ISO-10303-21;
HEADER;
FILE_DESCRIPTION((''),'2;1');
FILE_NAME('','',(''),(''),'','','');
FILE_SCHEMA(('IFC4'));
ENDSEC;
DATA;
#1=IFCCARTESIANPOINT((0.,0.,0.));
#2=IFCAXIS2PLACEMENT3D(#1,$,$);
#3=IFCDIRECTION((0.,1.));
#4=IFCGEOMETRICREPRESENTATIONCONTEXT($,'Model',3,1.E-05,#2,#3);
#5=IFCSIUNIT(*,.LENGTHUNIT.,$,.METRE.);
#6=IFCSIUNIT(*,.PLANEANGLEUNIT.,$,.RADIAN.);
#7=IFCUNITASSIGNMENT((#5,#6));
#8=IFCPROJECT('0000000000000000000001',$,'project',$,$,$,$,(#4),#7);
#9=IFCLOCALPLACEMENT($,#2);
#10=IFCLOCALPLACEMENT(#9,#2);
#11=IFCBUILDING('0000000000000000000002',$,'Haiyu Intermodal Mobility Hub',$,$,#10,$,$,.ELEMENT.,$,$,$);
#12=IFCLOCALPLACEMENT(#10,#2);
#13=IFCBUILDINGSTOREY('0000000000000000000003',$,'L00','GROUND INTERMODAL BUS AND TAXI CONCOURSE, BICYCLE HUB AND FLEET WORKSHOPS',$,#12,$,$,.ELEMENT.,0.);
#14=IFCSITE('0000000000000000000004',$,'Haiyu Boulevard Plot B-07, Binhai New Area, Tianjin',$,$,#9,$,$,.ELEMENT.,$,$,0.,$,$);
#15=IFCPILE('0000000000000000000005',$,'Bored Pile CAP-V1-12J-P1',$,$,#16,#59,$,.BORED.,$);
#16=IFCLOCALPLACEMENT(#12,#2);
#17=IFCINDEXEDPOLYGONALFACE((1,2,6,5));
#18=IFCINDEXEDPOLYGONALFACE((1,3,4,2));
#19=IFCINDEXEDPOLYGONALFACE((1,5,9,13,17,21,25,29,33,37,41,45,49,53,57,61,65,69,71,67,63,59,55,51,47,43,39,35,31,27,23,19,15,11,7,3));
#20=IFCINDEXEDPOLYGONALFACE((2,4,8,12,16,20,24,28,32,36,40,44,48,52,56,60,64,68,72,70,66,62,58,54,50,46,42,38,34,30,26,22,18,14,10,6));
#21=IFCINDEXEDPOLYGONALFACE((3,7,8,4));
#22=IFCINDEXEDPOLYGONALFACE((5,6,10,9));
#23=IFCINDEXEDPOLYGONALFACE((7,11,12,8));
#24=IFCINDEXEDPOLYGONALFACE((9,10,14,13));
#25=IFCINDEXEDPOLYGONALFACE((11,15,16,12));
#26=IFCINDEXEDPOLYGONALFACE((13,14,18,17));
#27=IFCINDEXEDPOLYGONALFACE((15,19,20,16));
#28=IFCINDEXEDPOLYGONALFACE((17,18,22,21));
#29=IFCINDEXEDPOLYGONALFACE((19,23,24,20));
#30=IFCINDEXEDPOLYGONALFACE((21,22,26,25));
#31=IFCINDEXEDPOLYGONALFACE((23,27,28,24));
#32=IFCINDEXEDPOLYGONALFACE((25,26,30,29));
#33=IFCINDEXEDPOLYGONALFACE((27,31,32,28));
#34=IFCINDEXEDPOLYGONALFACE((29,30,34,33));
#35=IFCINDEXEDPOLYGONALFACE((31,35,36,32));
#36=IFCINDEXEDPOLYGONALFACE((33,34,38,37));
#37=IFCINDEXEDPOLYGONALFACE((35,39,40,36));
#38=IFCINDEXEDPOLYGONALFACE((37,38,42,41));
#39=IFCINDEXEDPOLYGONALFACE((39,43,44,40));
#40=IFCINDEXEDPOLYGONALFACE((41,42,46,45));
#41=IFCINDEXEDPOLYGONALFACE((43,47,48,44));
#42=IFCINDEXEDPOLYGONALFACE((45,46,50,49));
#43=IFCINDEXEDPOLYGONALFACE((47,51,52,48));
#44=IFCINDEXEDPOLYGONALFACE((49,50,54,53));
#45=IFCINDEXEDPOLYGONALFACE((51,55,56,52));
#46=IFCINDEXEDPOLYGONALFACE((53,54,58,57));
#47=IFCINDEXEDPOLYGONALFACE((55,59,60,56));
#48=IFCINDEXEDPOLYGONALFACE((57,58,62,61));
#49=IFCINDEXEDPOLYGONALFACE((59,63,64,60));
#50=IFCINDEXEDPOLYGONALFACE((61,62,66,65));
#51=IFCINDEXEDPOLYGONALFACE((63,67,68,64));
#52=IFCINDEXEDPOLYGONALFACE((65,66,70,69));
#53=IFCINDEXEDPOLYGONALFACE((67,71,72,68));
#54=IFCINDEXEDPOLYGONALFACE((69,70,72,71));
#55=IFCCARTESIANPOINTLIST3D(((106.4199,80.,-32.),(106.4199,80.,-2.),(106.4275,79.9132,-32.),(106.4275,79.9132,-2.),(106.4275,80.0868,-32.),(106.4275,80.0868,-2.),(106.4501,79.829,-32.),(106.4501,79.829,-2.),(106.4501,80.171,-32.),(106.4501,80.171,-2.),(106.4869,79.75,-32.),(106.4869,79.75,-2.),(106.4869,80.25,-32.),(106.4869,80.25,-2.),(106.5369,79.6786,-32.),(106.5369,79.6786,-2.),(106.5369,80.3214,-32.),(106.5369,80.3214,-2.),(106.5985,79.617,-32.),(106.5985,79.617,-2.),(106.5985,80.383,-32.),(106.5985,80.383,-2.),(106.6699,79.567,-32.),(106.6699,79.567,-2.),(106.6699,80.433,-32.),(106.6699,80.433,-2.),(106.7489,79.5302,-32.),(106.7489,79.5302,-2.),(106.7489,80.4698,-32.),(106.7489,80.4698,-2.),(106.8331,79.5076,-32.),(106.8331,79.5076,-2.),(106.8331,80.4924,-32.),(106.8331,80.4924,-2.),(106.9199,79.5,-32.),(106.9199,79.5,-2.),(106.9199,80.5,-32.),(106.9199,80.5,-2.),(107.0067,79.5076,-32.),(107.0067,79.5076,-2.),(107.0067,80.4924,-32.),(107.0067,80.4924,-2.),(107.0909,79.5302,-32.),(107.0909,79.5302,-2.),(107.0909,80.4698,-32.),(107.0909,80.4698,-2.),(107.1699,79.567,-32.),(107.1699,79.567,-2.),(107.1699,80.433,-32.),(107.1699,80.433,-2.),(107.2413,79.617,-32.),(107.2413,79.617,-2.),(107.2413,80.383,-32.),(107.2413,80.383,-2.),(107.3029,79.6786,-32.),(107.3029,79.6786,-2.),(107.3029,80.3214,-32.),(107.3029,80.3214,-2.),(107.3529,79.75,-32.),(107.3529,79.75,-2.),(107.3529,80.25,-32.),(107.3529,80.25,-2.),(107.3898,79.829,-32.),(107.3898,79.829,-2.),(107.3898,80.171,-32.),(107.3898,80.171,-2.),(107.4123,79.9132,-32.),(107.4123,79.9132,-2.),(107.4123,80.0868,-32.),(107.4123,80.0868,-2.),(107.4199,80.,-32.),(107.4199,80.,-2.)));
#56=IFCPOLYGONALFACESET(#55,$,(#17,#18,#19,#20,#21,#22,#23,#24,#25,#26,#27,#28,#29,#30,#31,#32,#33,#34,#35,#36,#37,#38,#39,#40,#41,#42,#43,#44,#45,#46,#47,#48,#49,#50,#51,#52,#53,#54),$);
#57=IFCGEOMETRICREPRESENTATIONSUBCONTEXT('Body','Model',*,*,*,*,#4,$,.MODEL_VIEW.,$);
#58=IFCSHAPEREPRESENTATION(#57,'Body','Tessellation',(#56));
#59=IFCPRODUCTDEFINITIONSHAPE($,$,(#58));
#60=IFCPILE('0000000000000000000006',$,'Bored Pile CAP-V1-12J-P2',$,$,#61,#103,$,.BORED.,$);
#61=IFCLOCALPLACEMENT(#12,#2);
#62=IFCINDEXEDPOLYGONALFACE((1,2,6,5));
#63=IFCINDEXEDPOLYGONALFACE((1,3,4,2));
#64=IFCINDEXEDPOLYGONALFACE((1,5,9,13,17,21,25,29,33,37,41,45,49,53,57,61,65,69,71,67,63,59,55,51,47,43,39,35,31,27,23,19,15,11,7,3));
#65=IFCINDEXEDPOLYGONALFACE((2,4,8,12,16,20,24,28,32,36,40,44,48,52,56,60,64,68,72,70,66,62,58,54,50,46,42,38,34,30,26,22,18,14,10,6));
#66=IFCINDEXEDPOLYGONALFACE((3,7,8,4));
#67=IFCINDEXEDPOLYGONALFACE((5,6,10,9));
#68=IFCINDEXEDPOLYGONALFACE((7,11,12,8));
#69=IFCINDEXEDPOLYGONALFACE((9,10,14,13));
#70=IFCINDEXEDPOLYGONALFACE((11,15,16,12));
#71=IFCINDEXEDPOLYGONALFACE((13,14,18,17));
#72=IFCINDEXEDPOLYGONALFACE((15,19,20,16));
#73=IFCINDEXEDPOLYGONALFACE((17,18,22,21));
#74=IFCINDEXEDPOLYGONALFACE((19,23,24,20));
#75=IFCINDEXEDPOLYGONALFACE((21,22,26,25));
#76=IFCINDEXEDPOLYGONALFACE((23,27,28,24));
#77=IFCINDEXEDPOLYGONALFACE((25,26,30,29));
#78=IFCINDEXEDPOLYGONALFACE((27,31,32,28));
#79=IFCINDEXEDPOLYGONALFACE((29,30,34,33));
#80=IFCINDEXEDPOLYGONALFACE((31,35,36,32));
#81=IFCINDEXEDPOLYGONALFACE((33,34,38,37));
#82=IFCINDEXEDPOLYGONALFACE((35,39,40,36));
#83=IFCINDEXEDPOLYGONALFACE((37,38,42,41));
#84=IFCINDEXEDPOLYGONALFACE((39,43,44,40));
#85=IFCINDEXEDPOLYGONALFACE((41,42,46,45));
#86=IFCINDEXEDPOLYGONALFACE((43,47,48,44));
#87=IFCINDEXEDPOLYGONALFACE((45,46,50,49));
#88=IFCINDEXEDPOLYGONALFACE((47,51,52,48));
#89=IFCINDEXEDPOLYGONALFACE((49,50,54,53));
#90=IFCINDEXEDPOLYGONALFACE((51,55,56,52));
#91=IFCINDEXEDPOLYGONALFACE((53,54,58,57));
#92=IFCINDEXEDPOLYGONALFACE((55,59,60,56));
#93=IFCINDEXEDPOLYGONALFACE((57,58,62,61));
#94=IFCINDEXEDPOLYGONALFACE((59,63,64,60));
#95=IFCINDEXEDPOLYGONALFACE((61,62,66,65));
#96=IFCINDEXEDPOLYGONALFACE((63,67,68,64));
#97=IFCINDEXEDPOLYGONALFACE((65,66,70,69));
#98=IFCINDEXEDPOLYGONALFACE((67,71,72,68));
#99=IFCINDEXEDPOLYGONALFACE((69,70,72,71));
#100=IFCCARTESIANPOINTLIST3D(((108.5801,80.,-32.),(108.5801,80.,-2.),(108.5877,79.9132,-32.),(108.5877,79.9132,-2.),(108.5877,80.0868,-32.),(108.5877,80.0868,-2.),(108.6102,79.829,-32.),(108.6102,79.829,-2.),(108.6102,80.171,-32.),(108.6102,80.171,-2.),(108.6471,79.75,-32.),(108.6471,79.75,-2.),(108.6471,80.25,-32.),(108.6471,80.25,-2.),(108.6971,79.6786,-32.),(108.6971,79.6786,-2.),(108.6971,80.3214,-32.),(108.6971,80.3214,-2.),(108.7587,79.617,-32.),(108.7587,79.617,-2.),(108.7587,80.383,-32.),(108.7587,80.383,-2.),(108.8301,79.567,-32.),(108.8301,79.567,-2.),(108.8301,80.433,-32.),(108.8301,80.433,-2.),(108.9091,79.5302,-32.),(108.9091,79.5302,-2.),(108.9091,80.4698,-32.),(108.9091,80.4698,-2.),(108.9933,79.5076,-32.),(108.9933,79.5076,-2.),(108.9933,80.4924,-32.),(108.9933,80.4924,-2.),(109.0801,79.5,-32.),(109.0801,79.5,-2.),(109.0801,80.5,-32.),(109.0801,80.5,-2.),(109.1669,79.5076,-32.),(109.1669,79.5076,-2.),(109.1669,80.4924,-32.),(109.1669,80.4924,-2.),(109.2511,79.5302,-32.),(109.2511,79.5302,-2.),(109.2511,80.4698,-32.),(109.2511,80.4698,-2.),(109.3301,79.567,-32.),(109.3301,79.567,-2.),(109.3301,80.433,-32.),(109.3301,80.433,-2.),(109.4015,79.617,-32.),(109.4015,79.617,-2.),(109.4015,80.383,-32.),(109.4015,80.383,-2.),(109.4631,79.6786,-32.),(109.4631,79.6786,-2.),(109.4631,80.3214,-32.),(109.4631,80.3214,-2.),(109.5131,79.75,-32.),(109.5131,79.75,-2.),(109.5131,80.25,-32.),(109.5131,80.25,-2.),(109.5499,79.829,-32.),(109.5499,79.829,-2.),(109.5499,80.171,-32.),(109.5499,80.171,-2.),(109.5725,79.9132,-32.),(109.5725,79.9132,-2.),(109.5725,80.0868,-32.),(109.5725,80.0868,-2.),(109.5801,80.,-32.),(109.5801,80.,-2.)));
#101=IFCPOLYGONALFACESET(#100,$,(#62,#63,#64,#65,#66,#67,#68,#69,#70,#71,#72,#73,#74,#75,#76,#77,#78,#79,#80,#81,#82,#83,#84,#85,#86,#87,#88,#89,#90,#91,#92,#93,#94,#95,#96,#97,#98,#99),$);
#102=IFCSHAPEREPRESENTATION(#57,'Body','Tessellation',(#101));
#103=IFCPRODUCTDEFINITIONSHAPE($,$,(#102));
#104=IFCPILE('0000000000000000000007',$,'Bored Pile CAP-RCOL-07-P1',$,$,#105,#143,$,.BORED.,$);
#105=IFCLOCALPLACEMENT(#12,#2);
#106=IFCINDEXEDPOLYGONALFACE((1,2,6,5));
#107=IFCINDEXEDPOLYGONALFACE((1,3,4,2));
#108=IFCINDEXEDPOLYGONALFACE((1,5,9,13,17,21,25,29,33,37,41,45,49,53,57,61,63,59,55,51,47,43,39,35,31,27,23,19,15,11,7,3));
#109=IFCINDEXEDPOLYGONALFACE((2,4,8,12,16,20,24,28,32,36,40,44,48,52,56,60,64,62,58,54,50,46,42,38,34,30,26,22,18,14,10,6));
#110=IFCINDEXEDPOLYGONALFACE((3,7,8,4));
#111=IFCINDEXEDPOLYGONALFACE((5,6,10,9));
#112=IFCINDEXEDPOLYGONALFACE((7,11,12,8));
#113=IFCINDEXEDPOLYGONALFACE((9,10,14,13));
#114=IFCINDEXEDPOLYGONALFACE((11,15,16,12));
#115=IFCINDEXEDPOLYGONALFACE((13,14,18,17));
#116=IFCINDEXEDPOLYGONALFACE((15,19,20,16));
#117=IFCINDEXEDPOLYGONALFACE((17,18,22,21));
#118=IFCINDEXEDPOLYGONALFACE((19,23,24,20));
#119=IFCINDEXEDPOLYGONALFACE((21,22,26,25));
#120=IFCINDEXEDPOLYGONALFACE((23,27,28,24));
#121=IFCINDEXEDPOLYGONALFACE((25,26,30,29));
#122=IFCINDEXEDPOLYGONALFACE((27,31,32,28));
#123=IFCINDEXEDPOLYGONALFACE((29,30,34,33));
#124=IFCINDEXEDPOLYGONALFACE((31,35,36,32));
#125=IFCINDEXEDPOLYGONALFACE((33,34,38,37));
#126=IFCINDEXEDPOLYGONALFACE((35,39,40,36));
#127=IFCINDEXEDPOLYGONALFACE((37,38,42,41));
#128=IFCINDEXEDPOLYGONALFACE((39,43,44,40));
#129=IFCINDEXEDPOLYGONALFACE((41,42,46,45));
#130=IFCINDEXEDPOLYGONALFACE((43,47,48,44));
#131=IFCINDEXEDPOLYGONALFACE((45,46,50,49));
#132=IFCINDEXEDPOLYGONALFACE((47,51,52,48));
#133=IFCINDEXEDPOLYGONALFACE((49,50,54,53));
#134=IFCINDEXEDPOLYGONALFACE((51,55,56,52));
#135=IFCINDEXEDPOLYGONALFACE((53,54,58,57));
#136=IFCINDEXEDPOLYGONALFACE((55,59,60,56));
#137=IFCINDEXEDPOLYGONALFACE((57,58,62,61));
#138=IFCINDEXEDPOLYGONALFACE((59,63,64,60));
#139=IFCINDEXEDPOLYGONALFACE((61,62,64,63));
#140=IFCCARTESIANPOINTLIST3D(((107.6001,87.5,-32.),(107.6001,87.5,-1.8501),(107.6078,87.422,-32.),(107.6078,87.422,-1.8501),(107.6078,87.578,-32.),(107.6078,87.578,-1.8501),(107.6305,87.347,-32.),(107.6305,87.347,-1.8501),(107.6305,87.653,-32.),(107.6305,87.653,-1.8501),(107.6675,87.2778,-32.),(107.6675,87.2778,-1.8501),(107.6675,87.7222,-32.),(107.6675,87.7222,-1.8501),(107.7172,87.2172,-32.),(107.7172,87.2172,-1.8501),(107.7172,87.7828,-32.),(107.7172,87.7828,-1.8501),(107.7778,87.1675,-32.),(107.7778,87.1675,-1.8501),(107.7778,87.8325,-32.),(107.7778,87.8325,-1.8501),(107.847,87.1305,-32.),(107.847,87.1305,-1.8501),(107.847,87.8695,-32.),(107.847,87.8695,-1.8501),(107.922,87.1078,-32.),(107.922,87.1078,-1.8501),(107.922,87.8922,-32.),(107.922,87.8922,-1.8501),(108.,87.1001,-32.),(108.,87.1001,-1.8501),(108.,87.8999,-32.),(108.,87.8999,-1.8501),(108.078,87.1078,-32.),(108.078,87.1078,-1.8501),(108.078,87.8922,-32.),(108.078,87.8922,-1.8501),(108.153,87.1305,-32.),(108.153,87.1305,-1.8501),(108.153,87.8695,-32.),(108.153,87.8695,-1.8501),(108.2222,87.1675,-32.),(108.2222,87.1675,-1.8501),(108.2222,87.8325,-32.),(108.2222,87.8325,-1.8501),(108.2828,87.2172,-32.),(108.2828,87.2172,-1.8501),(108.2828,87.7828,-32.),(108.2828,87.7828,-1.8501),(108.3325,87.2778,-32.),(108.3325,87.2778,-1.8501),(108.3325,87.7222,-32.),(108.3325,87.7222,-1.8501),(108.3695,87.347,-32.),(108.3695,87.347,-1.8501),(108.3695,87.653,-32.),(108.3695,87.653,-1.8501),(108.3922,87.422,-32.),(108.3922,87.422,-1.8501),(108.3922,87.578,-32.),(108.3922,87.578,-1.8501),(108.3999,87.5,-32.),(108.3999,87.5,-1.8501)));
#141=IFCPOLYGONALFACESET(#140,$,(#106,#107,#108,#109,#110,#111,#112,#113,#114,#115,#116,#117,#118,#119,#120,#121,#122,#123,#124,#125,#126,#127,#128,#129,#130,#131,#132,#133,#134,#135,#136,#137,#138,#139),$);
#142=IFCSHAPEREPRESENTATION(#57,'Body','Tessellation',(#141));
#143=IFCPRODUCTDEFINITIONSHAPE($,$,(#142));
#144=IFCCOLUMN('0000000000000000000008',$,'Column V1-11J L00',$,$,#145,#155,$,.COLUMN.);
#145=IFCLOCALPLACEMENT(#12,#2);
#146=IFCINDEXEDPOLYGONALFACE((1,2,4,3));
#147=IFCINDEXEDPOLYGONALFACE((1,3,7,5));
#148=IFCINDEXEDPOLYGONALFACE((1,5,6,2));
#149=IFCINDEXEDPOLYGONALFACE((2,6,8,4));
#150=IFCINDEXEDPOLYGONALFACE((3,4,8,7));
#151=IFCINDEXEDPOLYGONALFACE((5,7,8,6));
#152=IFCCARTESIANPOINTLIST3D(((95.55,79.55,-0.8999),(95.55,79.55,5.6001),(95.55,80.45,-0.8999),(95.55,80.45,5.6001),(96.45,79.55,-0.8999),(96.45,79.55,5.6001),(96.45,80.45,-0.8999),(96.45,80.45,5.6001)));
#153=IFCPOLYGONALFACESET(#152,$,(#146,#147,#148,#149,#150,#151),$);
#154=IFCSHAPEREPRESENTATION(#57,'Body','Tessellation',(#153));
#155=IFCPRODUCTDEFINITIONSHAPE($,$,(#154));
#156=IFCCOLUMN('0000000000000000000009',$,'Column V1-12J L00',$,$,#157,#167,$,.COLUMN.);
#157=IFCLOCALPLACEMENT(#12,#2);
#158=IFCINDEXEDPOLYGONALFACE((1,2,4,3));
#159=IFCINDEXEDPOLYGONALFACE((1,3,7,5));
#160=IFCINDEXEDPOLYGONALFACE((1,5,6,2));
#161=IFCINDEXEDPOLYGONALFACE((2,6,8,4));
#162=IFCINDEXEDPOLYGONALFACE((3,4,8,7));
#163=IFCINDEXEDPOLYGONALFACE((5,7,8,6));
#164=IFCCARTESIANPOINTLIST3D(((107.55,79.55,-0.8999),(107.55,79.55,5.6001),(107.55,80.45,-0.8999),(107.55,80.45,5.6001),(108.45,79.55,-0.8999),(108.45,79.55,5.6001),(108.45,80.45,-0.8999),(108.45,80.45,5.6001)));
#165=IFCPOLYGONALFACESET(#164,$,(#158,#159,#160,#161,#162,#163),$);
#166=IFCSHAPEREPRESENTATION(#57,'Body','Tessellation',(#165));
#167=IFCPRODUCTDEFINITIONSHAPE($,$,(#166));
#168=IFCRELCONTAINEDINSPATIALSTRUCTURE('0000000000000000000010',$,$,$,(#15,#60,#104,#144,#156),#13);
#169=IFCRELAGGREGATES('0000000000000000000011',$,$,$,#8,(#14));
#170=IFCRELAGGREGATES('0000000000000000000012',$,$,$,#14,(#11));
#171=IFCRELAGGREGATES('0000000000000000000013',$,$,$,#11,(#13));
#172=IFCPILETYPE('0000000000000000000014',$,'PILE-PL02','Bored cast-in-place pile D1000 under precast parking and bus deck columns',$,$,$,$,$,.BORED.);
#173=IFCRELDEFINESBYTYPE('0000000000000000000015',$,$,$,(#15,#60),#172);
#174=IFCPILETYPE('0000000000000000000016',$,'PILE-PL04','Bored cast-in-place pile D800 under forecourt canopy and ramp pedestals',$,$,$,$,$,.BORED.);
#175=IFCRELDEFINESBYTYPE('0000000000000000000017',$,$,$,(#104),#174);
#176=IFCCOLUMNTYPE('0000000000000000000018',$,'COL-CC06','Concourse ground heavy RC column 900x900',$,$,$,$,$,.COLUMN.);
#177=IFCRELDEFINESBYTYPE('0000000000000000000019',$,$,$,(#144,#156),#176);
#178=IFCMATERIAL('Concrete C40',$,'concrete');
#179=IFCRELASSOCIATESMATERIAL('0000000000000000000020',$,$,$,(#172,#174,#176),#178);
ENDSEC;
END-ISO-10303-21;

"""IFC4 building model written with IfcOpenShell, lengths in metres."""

from ifc_helpers import new_model, si_unit, direction, frame, origin, origin_2d, place, context, subcontext, project, spatial, rectangle, circle, extrude, material, material_profile, profile_set, type_object, element, save


model = new_model("IFC4")

# Units and contexts
model_context = context("Model", 3, precision=1e-05, world=origin(), true_north=direction((0.0, 1.0)))
body_context = subcontext(model_context, "Body", "Model", "MODEL_VIEW")
ifc_project = project(units=[si_unit("LENGTHUNIT", "METRE"), si_unit("PLANEANGLEUNIT", "RADIAN")], contexts=[model_context])

# Site, building, storey
site_placement = place(None, origin())
site = spatial("IfcSite", under=ifc_project, at=site_placement, Name="Haiyu Boulevard Plot B-07, Binhai New Area, Tianjin", CompositionType="ELEMENT", RefElevation=0.0)
building_placement = place(site_placement, origin())
building = spatial("IfcBuilding", under=site, at=building_placement, Name="Haiyu Intermodal Mobility Hub", CompositionType="ELEMENT")
storey_placement = place(building_placement, origin())
storey = spatial("IfcBuildingStorey", under=building, at=storey_placement, Name="L00", Description="GROUND INTERMODAL BUS AND TAXI CONCOURSE, BICYCLE HUB AND FLEET WORKSHOPS", CompositionType="ELEMENT", Elevation=0.0)

# Shared definitions
ifc_material_1 = material(Name="Concrete C40", Category="concrete")

# Piles
ifc_material_profile_1 = material_profile(ifc_material_1, circle(Radius=0.5, at=origin_2d()), Name="PILE-D1000")
ifc_profile_set_1 = profile_set([ifc_material_profile_1], Name="Concrete C40")
pile_type_1 = type_object("IfcPileType", Name="PILE-PL02", Description="Bored cast-in-place pile D1000 under precast parking and bus deck columns", PredefinedType="BORED", material=ifc_profile_set_1)
for number, where, z_axis, x_axis, name in (
    (1, (106.9199, 80.0, -2.0), (0.0, 0.0, -1.0), (1.0, 0.0, 0.0), "Bored Pile CAP-V1-12J-P1"),
    (2, (109.0801, 80.0, -2.0), (0.0, 0.0, -1.0), (1.0, 0.0, 0.0), "Bored Pile CAP-V1-12J-P2"),
):
    element("IfcPile", number, at=place(storey_placement, frame(where, z_axis=z_axis, x_axis=x_axis)), inside=storey, type_object=pile_type_1, Name=name, PredefinedType="BORED", context=body_context, shape_type="SweptSolid", body=[
        extrude(circle(Radius=0.5, at=origin_2d()), origin(), (0.0, 0.0, 1.0), 30.0),
    ])
ifc_material_profile_2 = material_profile(ifc_material_1, circle(Radius=0.3999, at=origin_2d()), Name="PILE-D800")
ifc_profile_set_2 = profile_set([ifc_material_profile_2], Name="Concrete C40")
pile_type_2 = type_object("IfcPileType", Name="PILE-PL04", Description="Bored cast-in-place pile D800 under forecourt canopy and ramp pedestals", PredefinedType="BORED", material=ifc_profile_set_2)
pile_1_placement = place(storey_placement, frame((108.0, 87.5, -1.8501), z_axis=(0.0, 0.0, -1.0), x_axis=(1.0, 0.0, 0.0)))
element("IfcPile", 3, at=pile_1_placement, inside=storey, type_object=pile_type_2, Name="Bored Pile CAP-RCOL-07-P1", PredefinedType="BORED", context=body_context, shape_type="SweptSolid", body=[
    extrude(circle(Radius=0.3999, at=origin_2d()), origin(), (0.0, 0.0, 1.0), 30.1499),
])

# Columns
ifc_material_profile_3 = material_profile(ifc_material_1, rectangle(XDim=0.8999, YDim=0.8999, at=origin_2d()), Name="RC900x900")
ifc_profile_set_3 = profile_set([ifc_material_profile_3], Name="Concrete C40")
column_type_1 = type_object("IfcColumnType", Name="COL-CC06", Description="Concourse ground heavy RC column 900x900", PredefinedType="COLUMN", material=ifc_profile_set_3)
for number, where, z_axis, x_axis, name in (
    (4, (96.0, 80.0, -0.8999), (0.0, 0.0, 1.0), (1.0, 0.0, 0.0), "Column V1-11J L00"),
    (5, (108.0, 80.0, -0.8999), (0.0, 0.0, 1.0), (1.0, 0.0, 0.0), "Column V1-12J L00"),
):
    element("IfcColumn", number, at=place(storey_placement, frame(where, z_axis=z_axis, x_axis=x_axis)), inside=storey, type_object=column_type_1, Name=name, PredefinedType="COLUMN", context=body_context, shape_type="SweptSolid", body=[
        extrude(rectangle(XDim=0.8999, YDim=0.8999, at=origin_2d()), origin(), (0.0, 0.0, 1.0), 6.5),
    ])

save(model, "model.ifc")
